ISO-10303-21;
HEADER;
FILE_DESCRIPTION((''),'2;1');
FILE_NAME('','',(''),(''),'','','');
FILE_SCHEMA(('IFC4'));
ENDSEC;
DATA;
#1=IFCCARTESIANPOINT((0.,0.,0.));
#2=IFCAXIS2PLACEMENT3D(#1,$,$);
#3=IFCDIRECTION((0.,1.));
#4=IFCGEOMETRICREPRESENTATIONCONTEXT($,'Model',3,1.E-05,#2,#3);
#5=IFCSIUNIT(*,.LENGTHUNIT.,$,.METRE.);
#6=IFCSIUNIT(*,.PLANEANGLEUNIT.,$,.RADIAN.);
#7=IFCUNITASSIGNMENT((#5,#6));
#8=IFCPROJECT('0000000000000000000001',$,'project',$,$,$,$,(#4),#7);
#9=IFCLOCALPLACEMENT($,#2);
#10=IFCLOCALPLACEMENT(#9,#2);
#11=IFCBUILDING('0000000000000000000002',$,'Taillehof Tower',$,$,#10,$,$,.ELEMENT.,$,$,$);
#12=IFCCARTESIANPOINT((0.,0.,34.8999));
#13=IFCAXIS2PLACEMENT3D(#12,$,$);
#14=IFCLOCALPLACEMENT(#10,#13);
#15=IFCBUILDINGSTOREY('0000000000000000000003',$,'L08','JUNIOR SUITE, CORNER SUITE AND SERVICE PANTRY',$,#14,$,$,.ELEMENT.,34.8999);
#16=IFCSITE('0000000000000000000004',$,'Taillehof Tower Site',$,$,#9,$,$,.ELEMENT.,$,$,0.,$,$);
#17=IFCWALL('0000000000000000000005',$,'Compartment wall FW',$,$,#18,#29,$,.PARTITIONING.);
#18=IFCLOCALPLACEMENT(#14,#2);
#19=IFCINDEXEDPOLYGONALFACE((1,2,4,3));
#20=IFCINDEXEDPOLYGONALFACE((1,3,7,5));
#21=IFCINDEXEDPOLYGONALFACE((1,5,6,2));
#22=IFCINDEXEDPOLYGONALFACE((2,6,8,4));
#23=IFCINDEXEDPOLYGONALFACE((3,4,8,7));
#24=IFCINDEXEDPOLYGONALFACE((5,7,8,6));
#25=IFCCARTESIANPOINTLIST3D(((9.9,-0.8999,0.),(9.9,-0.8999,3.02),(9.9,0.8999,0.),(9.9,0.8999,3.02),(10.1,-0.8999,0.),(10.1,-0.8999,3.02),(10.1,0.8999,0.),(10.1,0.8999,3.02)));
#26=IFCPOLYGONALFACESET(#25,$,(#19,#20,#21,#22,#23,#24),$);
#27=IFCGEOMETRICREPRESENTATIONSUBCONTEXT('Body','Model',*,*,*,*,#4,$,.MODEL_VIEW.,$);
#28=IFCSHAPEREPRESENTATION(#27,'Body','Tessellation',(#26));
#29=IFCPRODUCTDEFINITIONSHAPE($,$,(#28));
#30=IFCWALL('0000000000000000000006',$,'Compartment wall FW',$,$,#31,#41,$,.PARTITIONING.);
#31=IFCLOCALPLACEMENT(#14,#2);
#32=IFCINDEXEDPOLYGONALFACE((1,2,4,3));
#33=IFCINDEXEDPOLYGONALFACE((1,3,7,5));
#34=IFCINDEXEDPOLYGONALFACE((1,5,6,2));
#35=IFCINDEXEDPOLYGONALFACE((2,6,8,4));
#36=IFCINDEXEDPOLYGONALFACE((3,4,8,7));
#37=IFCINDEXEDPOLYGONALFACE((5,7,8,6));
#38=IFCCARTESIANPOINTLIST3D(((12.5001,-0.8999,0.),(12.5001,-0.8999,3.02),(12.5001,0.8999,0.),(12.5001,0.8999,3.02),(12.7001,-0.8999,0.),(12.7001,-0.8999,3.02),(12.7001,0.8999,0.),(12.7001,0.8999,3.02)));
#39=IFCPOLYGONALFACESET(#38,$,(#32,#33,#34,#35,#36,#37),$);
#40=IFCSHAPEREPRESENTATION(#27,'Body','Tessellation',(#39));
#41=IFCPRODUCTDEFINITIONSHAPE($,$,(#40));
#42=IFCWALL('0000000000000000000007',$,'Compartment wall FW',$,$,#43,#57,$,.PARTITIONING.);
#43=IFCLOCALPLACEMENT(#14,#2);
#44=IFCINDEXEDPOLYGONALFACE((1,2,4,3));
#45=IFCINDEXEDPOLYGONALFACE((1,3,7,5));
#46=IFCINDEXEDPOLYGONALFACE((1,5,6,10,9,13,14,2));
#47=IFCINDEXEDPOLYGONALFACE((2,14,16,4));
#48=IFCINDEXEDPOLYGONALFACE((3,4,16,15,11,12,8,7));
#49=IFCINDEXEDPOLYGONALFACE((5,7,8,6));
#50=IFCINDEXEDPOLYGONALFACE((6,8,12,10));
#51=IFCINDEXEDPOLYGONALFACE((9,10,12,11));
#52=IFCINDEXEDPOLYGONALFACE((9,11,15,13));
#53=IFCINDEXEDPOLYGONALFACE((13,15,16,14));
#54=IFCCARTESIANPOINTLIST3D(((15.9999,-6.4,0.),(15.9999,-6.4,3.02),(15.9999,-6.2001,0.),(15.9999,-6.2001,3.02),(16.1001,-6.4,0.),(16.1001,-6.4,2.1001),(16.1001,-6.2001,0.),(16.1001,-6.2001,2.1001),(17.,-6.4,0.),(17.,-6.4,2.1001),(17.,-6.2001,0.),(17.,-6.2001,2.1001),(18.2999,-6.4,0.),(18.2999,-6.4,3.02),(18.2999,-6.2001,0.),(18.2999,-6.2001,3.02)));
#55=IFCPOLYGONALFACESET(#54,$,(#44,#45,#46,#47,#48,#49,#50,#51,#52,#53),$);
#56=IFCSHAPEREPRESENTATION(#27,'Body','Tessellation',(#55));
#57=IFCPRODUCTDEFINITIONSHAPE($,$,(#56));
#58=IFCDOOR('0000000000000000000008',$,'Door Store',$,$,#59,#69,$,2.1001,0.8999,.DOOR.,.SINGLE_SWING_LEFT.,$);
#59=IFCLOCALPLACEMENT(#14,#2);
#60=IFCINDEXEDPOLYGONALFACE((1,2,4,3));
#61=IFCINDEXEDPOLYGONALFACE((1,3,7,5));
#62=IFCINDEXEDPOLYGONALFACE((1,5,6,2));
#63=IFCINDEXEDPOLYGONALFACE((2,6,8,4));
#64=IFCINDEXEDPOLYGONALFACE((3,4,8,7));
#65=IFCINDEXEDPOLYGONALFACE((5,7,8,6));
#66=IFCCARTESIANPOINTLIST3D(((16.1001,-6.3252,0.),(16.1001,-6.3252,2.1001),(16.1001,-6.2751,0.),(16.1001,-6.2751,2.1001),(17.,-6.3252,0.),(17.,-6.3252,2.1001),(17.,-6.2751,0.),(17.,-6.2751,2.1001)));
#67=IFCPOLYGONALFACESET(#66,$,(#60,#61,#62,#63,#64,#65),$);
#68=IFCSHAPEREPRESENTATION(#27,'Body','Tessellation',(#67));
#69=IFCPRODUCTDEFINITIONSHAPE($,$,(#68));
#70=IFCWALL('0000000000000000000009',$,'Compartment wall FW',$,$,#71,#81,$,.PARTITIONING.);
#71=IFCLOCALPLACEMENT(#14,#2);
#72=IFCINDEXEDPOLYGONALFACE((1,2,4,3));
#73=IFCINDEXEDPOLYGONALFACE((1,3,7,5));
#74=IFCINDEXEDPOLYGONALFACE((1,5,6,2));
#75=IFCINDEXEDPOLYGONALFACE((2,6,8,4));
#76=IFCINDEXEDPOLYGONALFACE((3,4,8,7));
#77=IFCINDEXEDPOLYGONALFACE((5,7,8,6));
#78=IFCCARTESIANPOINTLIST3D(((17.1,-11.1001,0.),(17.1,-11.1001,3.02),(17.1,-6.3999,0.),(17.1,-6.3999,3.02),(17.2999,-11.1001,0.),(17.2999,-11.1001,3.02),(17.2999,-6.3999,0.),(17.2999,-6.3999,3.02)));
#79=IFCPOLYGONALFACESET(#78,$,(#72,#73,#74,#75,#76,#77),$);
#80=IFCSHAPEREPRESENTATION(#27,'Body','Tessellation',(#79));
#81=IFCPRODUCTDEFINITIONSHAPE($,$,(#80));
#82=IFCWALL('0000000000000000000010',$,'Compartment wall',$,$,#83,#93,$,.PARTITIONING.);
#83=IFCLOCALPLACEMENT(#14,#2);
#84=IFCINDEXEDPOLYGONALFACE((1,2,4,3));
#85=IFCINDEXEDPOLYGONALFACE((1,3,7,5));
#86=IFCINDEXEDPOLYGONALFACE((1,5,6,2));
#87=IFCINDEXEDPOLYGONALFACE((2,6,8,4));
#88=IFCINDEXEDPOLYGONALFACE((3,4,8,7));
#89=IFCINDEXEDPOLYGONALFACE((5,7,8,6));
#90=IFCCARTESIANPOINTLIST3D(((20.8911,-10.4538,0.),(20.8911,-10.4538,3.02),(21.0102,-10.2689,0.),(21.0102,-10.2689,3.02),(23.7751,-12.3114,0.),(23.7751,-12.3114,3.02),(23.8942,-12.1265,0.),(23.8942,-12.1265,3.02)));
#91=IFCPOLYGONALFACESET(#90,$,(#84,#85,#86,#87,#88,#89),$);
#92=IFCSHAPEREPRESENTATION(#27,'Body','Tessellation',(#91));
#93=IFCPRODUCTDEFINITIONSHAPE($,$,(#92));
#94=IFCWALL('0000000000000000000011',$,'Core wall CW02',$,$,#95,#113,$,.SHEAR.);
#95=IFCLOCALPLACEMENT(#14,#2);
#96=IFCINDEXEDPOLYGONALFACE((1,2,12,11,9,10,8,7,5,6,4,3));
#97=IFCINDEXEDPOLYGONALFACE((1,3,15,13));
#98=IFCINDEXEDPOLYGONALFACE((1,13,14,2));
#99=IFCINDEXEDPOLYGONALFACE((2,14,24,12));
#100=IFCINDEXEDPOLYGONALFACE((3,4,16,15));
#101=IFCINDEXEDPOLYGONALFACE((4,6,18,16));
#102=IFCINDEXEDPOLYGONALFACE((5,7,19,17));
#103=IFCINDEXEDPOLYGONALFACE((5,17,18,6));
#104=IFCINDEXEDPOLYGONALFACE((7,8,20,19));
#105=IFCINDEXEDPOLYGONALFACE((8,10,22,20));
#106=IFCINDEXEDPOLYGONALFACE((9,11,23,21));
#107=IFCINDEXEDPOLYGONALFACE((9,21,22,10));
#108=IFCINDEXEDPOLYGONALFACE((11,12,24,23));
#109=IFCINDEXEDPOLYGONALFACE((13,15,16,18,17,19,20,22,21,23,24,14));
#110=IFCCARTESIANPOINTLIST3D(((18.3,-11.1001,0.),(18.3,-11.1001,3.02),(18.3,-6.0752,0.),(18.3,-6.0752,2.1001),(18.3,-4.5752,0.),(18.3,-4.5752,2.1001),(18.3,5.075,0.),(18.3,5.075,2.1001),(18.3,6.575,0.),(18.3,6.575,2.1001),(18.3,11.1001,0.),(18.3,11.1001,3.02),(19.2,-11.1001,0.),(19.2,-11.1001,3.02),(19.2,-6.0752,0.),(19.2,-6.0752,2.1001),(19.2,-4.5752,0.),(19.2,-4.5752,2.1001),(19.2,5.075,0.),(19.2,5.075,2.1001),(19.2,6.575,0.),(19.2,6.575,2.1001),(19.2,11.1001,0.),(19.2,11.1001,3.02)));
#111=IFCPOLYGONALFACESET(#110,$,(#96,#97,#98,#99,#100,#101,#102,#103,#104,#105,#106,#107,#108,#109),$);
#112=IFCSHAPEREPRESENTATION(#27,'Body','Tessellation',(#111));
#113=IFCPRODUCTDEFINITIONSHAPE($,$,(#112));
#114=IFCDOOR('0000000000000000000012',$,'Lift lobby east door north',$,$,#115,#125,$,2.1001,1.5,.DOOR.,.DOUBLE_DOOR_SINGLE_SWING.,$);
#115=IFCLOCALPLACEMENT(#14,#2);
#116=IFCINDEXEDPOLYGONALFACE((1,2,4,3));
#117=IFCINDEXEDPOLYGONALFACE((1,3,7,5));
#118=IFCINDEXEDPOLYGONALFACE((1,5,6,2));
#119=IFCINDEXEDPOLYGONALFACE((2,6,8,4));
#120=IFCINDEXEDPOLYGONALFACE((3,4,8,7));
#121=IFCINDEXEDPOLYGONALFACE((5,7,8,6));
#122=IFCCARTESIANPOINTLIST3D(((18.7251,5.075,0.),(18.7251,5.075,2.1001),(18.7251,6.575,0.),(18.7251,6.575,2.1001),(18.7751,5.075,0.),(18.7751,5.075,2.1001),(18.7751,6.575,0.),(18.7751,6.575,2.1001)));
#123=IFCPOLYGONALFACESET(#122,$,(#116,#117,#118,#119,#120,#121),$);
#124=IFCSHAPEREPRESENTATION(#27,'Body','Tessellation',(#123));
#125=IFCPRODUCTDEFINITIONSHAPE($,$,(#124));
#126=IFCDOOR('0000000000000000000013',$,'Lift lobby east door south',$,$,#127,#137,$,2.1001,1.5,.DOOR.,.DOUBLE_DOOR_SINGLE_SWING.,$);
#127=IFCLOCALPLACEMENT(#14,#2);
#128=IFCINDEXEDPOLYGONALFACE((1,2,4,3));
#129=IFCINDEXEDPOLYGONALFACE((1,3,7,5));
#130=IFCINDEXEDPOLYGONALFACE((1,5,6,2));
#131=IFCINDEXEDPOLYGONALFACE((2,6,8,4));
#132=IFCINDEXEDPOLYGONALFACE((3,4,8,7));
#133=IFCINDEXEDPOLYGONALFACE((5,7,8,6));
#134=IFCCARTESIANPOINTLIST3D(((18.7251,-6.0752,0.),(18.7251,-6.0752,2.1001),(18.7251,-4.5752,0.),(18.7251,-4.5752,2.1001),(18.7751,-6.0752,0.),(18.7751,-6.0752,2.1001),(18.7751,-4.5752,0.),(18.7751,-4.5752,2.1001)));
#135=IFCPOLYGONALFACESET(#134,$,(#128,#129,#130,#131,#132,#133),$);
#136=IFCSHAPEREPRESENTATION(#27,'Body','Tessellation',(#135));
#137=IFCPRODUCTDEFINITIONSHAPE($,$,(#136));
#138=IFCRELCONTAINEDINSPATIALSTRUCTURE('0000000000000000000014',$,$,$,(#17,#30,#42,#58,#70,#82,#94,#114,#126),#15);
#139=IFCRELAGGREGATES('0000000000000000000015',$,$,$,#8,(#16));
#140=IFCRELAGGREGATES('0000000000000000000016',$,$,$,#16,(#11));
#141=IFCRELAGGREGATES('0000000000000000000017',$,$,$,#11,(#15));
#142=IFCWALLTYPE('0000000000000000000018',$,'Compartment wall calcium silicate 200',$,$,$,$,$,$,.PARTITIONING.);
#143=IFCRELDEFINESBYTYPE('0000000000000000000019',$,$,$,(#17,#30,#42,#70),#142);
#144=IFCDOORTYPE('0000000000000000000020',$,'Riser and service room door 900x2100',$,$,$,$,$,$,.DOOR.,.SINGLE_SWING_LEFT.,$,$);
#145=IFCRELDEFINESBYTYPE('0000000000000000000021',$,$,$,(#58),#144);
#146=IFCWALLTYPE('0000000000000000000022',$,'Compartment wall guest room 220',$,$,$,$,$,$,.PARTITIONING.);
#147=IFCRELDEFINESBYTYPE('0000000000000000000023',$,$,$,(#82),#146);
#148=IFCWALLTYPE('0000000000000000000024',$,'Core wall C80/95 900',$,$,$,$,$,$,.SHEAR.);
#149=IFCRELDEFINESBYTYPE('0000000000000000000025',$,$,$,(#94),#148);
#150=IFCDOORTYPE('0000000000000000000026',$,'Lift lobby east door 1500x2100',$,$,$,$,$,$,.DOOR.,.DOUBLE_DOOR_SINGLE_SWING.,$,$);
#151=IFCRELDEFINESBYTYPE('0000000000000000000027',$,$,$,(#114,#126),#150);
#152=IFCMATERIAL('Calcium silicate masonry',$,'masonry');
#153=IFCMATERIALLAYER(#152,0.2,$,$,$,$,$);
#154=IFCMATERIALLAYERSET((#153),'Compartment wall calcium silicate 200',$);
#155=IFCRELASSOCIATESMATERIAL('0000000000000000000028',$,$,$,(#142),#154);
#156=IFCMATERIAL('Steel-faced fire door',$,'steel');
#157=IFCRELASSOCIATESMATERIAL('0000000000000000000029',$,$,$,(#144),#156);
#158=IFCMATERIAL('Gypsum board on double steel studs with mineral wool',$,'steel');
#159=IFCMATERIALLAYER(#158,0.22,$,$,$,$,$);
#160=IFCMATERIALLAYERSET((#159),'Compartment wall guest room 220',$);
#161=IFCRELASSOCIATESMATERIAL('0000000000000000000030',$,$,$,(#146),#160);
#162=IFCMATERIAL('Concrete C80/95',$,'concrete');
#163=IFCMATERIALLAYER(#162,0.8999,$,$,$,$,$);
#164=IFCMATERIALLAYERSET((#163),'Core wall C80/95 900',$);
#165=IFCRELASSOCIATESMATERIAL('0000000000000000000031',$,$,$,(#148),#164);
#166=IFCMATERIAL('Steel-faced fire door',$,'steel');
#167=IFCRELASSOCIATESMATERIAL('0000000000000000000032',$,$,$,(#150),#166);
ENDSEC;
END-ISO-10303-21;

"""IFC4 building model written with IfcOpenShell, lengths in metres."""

from ifc_helpers import new_model, si_unit, direction, frame, frame_2d, origin, place, context, subcontext, project, spatial, rectangle, extrude, material, layer, layer_set, type_object, element, fill, save


model = new_model("IFC4")

# Units and contexts
model_context = context("Model", 3, precision=1e-05, world=origin(), true_north=direction((0.0, 1.0)))
body_context = subcontext(model_context, "Body", "Model", "MODEL_VIEW")
ifc_project = project(units=[si_unit("LENGTHUNIT", "METRE"), si_unit("PLANEANGLEUNIT", "RADIAN")], contexts=[model_context])

# Site, building, storey
site_placement = place(None, origin())
site = spatial("IfcSite", under=ifc_project, at=site_placement, Name="Taillehof Tower Site", CompositionType="ELEMENT", RefElevation=0.0)
building_placement = place(site_placement, origin())
building = spatial("IfcBuilding", under=site, at=building_placement, Name="Taillehof Tower", CompositionType="ELEMENT")
storey_placement = place(building_placement, frame((0.0, 0.0, 34.8999)))
storey = spatial("IfcBuildingStorey", under=building, at=storey_placement, Name="L08", Description="JUNIOR SUITE, CORNER SUITE AND SERVICE PANTRY", CompositionType="ELEMENT", Elevation=34.8999)

# Walls
ifc_material_1 = material(Name="Calcium silicate masonry", Category="masonry")
ifc_layer_1 = layer(ifc_material_1, 0.2)
ifc_layer_set_1 = layer_set([ifc_layer_1], Name="Compartment wall calcium silicate 200")
wall_type_1 = type_object("IfcWallType", Name="Compartment wall calcium silicate 200", PredefinedType="PARTITIONING", material=ifc_layer_set_1)
for number, where, z_axis, x_axis, name in (
    (1, (10.0, -0.8999, 0.0), (0.0, 0.0, 1.0), (0.0, 1.0, 0.0), "Compartment wall FW"),
    (2, (12.6001, -0.8999, 0.0), (0.0, 0.0, 1.0), (0.0, 1.0, 0.0), "Compartment wall FW"),
):
    element("IfcWall", number, at=place(storey_placement, frame(where, z_axis=z_axis, x_axis=x_axis)), inside=storey, type_object=wall_type_1, Name=name, PredefinedType="PARTITIONING", context=body_context, shape_type="SweptSolid", body=[
        extrude(rectangle(XDim=1.7998, YDim=0.2, at=frame_2d((0.8999, 0.0))), origin(), (0.0, 0.0, 1.0), 3.02),
    ])

# Wall, opening, door
wall_1_placement = place(storey_placement, frame((16.0, -6.3, 0.0), z_axis=(0.0, 0.0, 1.0), x_axis=(1.0, 0.0, 0.0)))
wall_1 = element("IfcWall", 3, at=wall_1_placement, inside=storey, type_object=wall_type_1, Name="Compartment wall FW", PredefinedType="PARTITIONING", context=body_context, shape_type="SweptSolid", body=[
    extrude(rectangle(XDim=2.3, YDim=0.2, at=frame_2d((1.1499, 0.0))), origin(), (0.0, 0.0, 1.0), 3.02),
])
opening_1_placement = place(wall_1_placement, frame((0.1001, 0.0, 0.0)))
opening_1 = element("IfcOpeningElement", 4, at=opening_1_placement, cuts=wall_1, PredefinedType="OPENING", context=body_context, shape_type="SweptSolid", body=[
    extrude(rectangle(XDim=0.8999, YDim=2.1001, at=frame_2d((0.45, 1.05))), frame((0.0, 0.1099, 0.0), z_axis=(0.0, -1.0, 0.0), x_axis=(1.0, 0.0, 0.0)), (0.0, 0.0, 1.0), 0.22),
])
ifc_material_2 = material(Name="Steel-faced fire door", Category="steel")
door_type_1 = type_object("IfcDoorType", Name="Riser and service room door 900x2100", OperationType="SINGLE_SWING_LEFT", PredefinedType="DOOR", material=ifc_material_2)
door_1_placement = place(opening_1_placement, origin())
door_1 = element("IfcDoor", 5, at=door_1_placement, inside=storey, type_object=door_type_1, Name="Door Store", OperationType="SINGLE_SWING_LEFT", OverallHeight=2.1001, OverallWidth=0.8999, PredefinedType="DOOR", context=body_context, shape_type="SweptSolid", body=[
    extrude(rectangle(XDim=0.8999, YDim=2.1001, at=frame_2d((0.45, 1.05))), frame((0.0, 0.0249, 0.0), z_axis=(0.0, -1.0, 0.0), x_axis=(1.0, 0.0, 0.0)), (0.0, 0.0, 1.0), 0.05),
])
fill(opening_1, door_1)

# Walls
wall_2_placement = place(storey_placement, frame((17.2, -11.1001, 0.0), z_axis=(0.0, 0.0, 1.0), x_axis=(0.0, 1.0, 0.0)))
element("IfcWall", 6, at=wall_2_placement, inside=storey, type_object=wall_type_1, Name="Compartment wall FW", PredefinedType="PARTITIONING", context=body_context, shape_type="SweptSolid", body=[
    extrude(rectangle(XDim=4.7002, YDim=0.2, at=frame_2d((2.3501, 0.0))), origin(), (0.0, 0.0, 1.0), 3.02),
])
ifc_material_3 = material(Name="Gypsum board on double steel studs with mineral wool", Category="steel")
ifc_layer_2 = layer(ifc_material_3, 0.22)
ifc_layer_set_2 = layer_set([ifc_layer_2], Name="Compartment wall guest room 220")
wall_type_2 = type_object("IfcWallType", Name="Compartment wall guest room 220", PredefinedType="PARTITIONING", material=ifc_layer_set_2)
wall_3_placement = place(storey_placement, frame((23.8347, -12.219, 0.0), z_axis=(0.0, 0.0, 1.0), x_axis=(-0.840695, 0.541509, 0.0)))
element("IfcWall", 7, at=wall_3_placement, inside=storey, type_object=wall_type_2, Name="Compartment wall", PredefinedType="PARTITIONING", context=body_context, shape_type="SweptSolid", body=[
    extrude(rectangle(XDim=3.4304, YDim=0.22, at=frame_2d((1.7153, 0.0))), origin(), (0.0, 0.0, 1.0), 3.02),
])

# Wall, openings, doors
ifc_material_4 = material(Name="Concrete C80/95", Category="concrete")
ifc_layer_3 = layer(ifc_material_4, 0.8999)
ifc_layer_set_3 = layer_set([ifc_layer_3], Name="Core wall C80/95 900")
wall_type_3 = type_object("IfcWallType", Name="Core wall C80/95 900", PredefinedType="SHEAR", material=ifc_layer_set_3)
wall_4_placement = place(storey_placement, frame((18.75, -11.1001, 0.0), z_axis=(0.0, 0.0, 1.0), x_axis=(0.0, 1.0, 0.0)))
wall_4 = element("IfcWall", 8, at=wall_4_placement, inside=storey, type_object=wall_type_3, Name="Core wall CW02", PredefinedType="SHEAR", context=body_context, shape_type="SweptSolid", body=[
    extrude(rectangle(XDim=22.2002, YDim=0.8999, at=frame_2d((11.1001, 0.0))), origin(), (0.0, 0.0, 1.0), 3.02),
])
opening_2_placement = place(wall_4_placement, frame((16.175, 0.0, 0.0)))
opening_2 = element("IfcOpeningElement", 9, at=opening_2_placement, cuts=wall_4, PredefinedType="OPENING", context=body_context, shape_type="SweptSolid", body=[
    extrude(rectangle(XDim=1.5, YDim=2.1001, at=frame_2d((0.75, 1.05))), frame((0.0, 0.46, 0.0), z_axis=(0.0, -1.0, 0.0), x_axis=(1.0, 0.0, 0.0)), (0.0, 0.0, 1.0), 0.9199),
])
opening_3_placement = place(wall_4_placement, frame((5.0249, 0.0, 0.0)))
opening_3 = element("IfcOpeningElement", 10, at=opening_3_placement, cuts=wall_4, PredefinedType="OPENING", context=body_context, shape_type="SweptSolid", body=[
    extrude(rectangle(XDim=1.5, YDim=2.1001, at=frame_2d((0.75, 1.05))), frame((0.0, 0.46, 0.0), z_axis=(0.0, -1.0, 0.0), x_axis=(1.0, 0.0, 0.0)), (0.0, 0.0, 1.0), 0.9199),
])
ifc_material_5 = material(Name="Steel-faced fire door", Category="steel")
door_type_2 = type_object("IfcDoorType", Name="Lift lobby east door 1500x2100", OperationType="DOUBLE_DOOR_SINGLE_SWING", PredefinedType="DOOR", material=ifc_material_5)
door_2_placement = place(opening_2_placement, origin())
door_2 = element("IfcDoor", 11, at=door_2_placement, inside=storey, type_object=door_type_2, Name="Lift lobby east door north", OperationType="DOUBLE_DOOR_SINGLE_SWING", OverallHeight=2.1001, OverallWidth=1.5, PredefinedType="DOOR", context=body_context, shape_type="SweptSolid", body=[
    extrude(rectangle(XDim=1.5, YDim=2.1001, at=frame_2d((0.75, 1.05))), frame((0.0, 0.0249, 0.0), z_axis=(0.0, -1.0, 0.0), x_axis=(1.0, 0.0, 0.0)), (0.0, 0.0, 1.0), 0.05),
])
fill(opening_2, door_2)
door_3_placement = place(opening_3_placement, origin())
door_3 = element("IfcDoor", 12, at=door_3_placement, inside=storey, type_object=door_type_2, Name="Lift lobby east door south", OperationType="DOUBLE_DOOR_SINGLE_SWING", OverallHeight=2.1001, OverallWidth=1.5, PredefinedType="DOOR", context=body_context, shape_type="SweptSolid", body=[
    extrude(rectangle(XDim=1.5, YDim=2.1001, at=frame_2d((0.75, 1.05))), frame((0.0, 0.0249, 0.0), z_axis=(0.0, -1.0, 0.0), x_axis=(1.0, 0.0, 0.0)), (0.0, 0.0, 1.0), 0.05),
])
fill(opening_3, door_3)

save(model, "model.ifc")
